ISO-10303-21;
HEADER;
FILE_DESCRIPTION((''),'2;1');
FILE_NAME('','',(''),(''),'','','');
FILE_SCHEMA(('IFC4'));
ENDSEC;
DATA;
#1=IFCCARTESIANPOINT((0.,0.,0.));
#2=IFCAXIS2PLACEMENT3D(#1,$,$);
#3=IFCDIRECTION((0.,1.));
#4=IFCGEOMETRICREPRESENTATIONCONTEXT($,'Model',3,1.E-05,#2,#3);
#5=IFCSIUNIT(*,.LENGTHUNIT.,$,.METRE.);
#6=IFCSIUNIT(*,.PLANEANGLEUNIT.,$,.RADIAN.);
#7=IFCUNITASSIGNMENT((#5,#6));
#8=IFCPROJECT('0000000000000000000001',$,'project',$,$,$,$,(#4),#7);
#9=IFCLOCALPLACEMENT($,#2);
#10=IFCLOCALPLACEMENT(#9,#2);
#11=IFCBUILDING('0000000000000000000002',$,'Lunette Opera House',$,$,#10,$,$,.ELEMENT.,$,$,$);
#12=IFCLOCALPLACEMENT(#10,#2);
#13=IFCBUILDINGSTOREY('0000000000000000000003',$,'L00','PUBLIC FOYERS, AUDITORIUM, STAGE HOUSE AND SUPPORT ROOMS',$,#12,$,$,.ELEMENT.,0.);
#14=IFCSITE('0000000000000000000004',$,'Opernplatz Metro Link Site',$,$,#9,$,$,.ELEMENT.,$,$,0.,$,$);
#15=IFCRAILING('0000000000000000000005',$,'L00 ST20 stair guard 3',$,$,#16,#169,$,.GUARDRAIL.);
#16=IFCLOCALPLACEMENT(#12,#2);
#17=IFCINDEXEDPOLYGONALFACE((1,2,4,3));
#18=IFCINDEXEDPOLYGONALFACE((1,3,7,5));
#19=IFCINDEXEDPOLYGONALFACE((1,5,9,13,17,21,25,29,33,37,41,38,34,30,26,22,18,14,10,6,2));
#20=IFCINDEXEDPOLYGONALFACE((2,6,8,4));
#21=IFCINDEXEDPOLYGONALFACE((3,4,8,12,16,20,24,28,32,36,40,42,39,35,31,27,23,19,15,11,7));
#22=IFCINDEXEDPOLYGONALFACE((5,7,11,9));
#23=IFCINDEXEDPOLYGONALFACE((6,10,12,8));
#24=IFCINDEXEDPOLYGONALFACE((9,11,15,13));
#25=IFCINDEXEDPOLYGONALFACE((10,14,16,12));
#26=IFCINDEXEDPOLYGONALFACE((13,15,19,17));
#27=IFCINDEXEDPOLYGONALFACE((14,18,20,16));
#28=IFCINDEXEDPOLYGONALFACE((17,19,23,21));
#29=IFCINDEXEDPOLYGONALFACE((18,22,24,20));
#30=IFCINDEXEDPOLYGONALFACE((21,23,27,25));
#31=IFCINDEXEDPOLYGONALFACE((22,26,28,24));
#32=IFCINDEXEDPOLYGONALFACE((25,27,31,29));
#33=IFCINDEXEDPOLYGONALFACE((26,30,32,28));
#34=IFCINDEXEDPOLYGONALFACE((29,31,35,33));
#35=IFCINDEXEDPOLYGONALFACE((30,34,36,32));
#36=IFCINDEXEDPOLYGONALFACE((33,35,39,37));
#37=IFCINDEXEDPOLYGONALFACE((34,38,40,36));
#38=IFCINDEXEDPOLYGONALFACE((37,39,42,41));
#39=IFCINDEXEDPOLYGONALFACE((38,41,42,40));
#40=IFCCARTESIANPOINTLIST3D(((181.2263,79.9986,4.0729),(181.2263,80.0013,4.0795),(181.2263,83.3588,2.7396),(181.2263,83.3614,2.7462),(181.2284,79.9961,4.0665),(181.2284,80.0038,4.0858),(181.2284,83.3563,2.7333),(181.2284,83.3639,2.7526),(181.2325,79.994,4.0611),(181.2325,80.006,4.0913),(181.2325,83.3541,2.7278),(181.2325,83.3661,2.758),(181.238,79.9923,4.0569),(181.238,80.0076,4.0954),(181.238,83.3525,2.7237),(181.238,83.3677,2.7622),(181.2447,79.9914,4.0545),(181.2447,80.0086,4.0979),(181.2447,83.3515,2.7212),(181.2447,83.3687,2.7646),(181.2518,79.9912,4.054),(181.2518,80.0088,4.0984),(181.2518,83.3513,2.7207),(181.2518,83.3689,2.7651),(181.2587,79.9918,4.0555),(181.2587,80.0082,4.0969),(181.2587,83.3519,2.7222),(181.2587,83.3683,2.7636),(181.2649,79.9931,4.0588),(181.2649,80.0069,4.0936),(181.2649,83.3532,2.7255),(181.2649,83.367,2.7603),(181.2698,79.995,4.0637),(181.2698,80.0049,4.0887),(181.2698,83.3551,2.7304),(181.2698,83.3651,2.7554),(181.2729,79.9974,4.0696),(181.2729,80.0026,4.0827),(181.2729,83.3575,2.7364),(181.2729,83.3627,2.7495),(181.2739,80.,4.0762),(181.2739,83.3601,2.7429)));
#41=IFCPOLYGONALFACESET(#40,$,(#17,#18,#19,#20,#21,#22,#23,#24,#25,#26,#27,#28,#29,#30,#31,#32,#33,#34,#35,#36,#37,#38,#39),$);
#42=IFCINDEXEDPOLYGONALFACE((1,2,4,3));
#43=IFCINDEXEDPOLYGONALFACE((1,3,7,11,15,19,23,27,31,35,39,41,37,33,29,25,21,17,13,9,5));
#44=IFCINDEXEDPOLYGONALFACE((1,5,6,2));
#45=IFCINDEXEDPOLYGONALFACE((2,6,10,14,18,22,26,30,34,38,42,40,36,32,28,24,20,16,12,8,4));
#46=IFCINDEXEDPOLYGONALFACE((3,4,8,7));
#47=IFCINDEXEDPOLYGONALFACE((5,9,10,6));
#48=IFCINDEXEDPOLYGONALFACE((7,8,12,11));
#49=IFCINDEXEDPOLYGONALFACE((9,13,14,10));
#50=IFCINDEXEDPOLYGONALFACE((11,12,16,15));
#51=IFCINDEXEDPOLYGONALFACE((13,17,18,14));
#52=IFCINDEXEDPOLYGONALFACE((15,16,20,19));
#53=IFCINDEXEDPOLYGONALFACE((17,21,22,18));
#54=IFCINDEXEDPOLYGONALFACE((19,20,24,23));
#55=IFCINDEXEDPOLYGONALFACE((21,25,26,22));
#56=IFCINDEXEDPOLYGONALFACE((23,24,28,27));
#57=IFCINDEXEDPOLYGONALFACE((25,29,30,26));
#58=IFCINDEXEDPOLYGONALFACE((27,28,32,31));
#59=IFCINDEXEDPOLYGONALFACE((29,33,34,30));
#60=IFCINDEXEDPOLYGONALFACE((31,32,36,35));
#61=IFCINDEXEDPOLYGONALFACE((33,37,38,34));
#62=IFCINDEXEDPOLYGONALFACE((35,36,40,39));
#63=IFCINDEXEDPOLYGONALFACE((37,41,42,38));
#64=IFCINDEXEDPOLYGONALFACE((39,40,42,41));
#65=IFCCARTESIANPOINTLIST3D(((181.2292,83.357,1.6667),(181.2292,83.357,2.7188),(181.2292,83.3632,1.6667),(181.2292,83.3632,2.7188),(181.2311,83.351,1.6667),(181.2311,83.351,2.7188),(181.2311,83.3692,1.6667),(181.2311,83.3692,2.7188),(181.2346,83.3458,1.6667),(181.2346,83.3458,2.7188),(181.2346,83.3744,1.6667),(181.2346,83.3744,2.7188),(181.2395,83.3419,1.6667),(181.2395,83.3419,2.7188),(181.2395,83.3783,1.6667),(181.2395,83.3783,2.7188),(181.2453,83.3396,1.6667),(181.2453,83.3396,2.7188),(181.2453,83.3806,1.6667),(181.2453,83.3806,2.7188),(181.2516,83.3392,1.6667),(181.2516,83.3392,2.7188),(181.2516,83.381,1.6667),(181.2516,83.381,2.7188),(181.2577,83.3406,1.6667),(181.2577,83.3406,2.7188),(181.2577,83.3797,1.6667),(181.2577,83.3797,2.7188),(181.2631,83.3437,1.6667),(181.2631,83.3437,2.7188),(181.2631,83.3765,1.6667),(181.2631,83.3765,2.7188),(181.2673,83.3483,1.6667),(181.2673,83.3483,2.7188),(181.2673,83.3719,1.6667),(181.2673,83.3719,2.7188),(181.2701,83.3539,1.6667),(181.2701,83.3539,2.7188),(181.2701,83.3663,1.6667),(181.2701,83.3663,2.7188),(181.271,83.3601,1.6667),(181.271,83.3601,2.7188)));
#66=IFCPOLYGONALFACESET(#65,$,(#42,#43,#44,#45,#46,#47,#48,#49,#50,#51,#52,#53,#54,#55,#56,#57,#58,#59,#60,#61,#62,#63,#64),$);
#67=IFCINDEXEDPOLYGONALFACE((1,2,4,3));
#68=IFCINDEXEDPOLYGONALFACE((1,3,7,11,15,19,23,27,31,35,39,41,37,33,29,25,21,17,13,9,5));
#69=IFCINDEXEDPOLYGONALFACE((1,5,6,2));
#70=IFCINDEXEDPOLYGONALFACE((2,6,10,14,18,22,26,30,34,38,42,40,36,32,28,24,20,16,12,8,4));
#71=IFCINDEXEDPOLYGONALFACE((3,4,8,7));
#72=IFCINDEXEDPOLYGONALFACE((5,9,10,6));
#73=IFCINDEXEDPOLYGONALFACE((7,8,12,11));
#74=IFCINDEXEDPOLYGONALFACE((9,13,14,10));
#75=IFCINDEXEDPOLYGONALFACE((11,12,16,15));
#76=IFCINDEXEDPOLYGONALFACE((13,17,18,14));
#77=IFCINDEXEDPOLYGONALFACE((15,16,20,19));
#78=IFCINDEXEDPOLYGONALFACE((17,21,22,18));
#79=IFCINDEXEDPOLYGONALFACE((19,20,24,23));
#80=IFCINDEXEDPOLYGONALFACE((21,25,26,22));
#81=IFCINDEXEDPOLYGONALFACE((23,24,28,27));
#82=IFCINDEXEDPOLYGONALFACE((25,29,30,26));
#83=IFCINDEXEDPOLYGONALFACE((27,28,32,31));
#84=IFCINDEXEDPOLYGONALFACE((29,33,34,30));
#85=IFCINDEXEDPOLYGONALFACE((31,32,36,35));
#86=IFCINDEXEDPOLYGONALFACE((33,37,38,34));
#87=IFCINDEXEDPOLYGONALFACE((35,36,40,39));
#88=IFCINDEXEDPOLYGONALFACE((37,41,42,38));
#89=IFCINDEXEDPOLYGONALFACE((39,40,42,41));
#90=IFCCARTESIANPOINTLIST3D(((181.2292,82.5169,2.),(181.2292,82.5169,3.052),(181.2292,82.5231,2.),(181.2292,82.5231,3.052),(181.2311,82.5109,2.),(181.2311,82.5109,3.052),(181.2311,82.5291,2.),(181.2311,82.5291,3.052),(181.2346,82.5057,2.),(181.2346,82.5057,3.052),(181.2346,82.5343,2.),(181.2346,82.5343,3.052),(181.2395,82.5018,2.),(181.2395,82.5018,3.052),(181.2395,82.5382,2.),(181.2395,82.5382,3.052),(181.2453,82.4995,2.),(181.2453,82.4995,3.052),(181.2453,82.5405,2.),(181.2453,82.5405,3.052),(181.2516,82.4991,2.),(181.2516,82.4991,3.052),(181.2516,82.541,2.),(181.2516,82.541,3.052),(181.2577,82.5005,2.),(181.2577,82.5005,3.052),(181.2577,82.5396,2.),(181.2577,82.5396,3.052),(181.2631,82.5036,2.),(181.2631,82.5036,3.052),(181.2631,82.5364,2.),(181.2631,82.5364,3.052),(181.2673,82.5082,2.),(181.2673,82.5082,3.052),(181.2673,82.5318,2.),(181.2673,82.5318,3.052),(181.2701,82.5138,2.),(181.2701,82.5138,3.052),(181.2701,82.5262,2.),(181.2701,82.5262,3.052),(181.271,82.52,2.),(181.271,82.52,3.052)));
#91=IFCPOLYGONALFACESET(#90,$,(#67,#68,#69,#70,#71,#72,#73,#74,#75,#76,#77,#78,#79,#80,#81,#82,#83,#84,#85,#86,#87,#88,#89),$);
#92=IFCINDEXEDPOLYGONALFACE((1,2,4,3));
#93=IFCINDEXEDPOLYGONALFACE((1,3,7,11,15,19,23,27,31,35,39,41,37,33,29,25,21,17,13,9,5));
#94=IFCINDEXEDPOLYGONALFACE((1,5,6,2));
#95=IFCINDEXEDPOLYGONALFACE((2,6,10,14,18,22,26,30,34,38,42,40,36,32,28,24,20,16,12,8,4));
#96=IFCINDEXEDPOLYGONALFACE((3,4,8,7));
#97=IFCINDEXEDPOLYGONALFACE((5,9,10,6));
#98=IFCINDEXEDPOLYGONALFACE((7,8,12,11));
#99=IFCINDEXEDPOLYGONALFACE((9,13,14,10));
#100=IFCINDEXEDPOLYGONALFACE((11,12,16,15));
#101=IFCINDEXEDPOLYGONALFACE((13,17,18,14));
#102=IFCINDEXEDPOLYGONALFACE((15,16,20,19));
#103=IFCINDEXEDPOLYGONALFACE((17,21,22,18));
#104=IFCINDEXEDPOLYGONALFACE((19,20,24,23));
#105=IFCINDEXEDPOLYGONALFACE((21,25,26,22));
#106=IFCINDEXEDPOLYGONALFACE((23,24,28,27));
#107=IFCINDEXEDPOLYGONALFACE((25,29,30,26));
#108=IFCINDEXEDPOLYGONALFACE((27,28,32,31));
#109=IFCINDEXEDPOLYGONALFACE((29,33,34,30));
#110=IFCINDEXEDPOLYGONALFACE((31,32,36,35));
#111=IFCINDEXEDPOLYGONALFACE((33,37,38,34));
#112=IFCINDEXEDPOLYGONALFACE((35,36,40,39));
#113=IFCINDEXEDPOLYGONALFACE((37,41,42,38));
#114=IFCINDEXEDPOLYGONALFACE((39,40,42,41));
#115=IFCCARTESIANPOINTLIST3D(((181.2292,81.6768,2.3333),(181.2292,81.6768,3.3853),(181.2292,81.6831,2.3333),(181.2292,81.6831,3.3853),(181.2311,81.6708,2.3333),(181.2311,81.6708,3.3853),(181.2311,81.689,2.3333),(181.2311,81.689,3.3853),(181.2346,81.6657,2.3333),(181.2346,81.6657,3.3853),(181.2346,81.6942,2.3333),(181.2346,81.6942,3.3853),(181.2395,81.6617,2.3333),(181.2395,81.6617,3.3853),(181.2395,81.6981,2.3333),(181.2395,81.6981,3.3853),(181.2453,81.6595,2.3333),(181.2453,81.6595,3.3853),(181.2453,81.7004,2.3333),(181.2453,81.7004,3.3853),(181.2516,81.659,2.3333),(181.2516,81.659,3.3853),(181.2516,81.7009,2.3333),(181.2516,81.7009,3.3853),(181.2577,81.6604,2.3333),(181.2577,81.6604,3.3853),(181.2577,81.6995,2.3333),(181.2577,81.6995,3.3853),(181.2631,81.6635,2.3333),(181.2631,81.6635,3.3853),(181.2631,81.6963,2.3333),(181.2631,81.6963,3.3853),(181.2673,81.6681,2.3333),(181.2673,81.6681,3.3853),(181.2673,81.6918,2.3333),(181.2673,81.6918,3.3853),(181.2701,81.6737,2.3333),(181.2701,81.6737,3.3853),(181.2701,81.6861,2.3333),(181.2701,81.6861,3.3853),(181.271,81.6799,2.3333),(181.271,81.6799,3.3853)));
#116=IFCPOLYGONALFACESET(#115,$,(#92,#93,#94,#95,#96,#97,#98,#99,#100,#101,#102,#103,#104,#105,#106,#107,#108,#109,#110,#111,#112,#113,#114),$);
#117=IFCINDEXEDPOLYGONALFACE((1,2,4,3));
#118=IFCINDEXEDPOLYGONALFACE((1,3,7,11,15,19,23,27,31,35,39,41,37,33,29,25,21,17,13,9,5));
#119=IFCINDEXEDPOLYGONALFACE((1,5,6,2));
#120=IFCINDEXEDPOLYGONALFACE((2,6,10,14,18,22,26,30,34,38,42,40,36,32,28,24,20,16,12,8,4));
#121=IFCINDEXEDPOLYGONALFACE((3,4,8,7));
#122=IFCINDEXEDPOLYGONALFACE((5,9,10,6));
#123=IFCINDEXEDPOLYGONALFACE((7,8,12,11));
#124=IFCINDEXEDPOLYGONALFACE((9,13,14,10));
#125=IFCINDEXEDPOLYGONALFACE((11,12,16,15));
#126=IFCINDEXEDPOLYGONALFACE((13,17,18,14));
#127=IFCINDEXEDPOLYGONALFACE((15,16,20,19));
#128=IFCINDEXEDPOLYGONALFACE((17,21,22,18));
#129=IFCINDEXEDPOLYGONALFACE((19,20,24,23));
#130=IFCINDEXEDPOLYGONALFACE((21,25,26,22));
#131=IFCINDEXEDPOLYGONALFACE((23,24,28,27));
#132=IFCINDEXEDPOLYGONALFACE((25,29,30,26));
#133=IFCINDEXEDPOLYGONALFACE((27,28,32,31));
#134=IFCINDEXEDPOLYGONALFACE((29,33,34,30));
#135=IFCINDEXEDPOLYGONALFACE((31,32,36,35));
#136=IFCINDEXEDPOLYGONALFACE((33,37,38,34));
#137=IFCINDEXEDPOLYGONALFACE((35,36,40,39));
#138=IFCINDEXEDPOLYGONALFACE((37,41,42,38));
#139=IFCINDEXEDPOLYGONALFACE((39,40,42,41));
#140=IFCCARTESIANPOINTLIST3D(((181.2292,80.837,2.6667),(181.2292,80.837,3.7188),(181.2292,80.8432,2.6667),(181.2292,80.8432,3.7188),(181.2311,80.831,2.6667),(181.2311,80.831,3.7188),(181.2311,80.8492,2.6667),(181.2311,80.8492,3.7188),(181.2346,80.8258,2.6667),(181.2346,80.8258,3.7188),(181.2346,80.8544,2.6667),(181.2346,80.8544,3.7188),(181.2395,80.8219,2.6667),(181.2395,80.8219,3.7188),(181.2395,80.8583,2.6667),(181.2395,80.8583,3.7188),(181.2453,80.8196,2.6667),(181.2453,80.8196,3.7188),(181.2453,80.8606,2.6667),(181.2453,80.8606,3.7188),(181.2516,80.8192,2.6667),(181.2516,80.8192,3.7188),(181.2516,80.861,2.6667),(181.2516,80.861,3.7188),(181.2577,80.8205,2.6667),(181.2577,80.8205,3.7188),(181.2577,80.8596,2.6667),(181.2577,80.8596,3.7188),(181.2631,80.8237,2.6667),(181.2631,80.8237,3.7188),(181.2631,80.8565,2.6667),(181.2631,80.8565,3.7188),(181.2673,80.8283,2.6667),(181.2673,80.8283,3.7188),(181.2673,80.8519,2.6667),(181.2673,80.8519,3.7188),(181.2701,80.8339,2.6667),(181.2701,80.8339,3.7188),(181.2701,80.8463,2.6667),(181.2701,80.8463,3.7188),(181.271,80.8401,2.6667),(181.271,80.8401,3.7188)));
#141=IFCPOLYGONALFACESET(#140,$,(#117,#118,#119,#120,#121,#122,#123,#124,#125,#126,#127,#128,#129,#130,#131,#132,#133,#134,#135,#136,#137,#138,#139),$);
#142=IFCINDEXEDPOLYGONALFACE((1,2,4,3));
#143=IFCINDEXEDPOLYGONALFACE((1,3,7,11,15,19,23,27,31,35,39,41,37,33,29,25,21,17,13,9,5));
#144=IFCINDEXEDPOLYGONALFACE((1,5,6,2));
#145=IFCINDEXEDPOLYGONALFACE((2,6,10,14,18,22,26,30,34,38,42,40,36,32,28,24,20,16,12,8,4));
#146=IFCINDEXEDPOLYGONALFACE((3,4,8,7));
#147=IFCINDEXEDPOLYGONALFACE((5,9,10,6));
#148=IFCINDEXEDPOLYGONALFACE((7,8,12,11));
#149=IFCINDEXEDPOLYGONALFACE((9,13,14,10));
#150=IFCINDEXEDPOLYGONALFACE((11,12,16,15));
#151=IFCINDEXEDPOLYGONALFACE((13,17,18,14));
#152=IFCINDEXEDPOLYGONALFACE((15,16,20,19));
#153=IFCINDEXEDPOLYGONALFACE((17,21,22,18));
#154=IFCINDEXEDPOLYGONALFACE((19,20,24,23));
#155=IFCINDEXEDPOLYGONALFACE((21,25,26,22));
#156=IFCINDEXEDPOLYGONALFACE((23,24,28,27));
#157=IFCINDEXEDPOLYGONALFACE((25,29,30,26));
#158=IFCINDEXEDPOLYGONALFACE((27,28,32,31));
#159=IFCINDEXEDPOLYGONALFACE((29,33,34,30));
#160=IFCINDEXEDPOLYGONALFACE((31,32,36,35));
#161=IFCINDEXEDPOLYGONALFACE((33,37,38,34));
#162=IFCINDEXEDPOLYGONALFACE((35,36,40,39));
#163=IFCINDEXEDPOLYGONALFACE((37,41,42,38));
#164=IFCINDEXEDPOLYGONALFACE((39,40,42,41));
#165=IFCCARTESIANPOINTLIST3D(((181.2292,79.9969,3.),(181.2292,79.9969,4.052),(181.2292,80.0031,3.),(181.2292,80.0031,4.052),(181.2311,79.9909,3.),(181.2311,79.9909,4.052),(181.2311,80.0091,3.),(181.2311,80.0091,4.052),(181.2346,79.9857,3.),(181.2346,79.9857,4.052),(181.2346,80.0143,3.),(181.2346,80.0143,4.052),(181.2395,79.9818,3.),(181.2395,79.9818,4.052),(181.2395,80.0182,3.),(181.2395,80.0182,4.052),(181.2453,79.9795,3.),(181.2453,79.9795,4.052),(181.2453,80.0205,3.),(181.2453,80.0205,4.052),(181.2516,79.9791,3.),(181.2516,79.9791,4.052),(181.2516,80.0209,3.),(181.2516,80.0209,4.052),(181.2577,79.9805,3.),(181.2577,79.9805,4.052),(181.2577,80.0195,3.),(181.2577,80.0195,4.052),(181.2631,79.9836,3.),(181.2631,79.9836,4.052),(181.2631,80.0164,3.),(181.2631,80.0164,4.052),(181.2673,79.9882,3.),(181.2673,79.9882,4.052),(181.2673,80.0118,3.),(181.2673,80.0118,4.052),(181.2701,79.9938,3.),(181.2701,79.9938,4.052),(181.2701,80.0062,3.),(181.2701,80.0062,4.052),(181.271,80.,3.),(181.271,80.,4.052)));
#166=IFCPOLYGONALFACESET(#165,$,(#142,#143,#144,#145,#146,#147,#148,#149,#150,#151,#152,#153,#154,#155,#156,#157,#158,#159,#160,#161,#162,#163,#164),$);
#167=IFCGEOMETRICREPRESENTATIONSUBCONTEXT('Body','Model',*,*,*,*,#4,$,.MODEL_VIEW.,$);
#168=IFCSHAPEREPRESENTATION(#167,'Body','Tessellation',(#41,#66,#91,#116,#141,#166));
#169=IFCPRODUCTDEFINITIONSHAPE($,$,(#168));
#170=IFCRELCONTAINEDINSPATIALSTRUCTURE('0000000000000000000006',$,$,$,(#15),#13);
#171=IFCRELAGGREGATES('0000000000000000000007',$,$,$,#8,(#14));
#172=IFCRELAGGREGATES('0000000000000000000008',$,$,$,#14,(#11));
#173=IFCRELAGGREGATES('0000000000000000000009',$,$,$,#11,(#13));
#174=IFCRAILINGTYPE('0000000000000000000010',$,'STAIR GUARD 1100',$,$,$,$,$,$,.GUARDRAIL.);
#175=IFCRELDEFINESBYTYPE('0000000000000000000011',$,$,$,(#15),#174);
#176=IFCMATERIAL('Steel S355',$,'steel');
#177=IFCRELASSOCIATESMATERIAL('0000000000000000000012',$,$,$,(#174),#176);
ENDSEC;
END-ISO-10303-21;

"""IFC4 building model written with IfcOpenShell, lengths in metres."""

from ifc_helpers import new_model, si_unit, direction, frame, origin, origin_2d, place, context, subcontext, project, spatial, circle, extrude, material, type_object, element, save


model = new_model("IFC4")

# Units and contexts
model_context = context("Model", 3, precision=1e-05, world=origin(), true_north=direction((0.0, 1.0)))
body_context = subcontext(model_context, "Body", "Model", "MODEL_VIEW")
ifc_project = project(units=[si_unit("LENGTHUNIT", "METRE"), si_unit("PLANEANGLEUNIT", "RADIAN")], contexts=[model_context])

# Site, building, storey
site_placement = place(None, origin())
site = spatial("IfcSite", under=ifc_project, at=site_placement, Name="Opernplatz Metro Link Site", CompositionType="ELEMENT", RefElevation=0.0)
building_placement = place(site_placement, origin())
building = spatial("IfcBuilding", under=site, at=building_placement, Name="Lunette Opera House", CompositionType="ELEMENT")
storey_placement = place(building_placement, origin())
storey = spatial("IfcBuildingStorey", under=building, at=storey_placement, Name="L00", Description="PUBLIC FOYERS, AUDITORIUM, STAGE HOUSE AND SUPPORT ROOMS", CompositionType="ELEMENT", Elevation=0.0)

# Railing
ifc_material_1 = material(Name="Steel S355", Category="steel")
railing_type_1 = type_object("IfcRailingType", Name="STAIR GUARD 1100", PredefinedType="GUARDRAIL", material=ifc_material_1)
railing_1_placement = place(storey_placement, frame((181.25, 83.3601, 1.6667)))
element("IfcRailing", 1, at=railing_1_placement, inside=storey, type_object=railing_type_1, Name="L00 ST20 stair guard 3", PredefinedType="GUARDRAIL", context=body_context, shape_type="SweptSolid", body=[
    extrude(circle(Radius=0.0239, at=origin_2d()), frame((0.0, 0.0, 1.0762), z_axis=(0.0, -0.929502, 0.368816), x_axis=(1.0, 0.0, 0.0)), (0.0, 0.0, 1.0), 3.615),
    extrude(circle(Radius=0.021, at=origin_2d()), origin(), (0.0, 0.0, 1.0), 1.052),
    extrude(circle(Radius=0.021, at=origin_2d()), frame((0.0, -0.8401, 0.3333)), (0.0, 0.0, 1.0), 1.052),
    extrude(circle(Radius=0.021, at=origin_2d()), frame((0.0, -1.6802, 0.6665)), (0.0, 0.0, 1.0), 1.052),
    extrude(circle(Radius=0.021, at=origin_2d()), frame((0.0, -2.52, 1.0)), (0.0, 0.0, 1.0), 1.052),
    extrude(circle(Radius=0.021, at=origin_2d()), frame((0.0, -3.3601, 1.3333)), (0.0, 0.0, 1.0), 1.052),
])

save(model, "model.ifc")
